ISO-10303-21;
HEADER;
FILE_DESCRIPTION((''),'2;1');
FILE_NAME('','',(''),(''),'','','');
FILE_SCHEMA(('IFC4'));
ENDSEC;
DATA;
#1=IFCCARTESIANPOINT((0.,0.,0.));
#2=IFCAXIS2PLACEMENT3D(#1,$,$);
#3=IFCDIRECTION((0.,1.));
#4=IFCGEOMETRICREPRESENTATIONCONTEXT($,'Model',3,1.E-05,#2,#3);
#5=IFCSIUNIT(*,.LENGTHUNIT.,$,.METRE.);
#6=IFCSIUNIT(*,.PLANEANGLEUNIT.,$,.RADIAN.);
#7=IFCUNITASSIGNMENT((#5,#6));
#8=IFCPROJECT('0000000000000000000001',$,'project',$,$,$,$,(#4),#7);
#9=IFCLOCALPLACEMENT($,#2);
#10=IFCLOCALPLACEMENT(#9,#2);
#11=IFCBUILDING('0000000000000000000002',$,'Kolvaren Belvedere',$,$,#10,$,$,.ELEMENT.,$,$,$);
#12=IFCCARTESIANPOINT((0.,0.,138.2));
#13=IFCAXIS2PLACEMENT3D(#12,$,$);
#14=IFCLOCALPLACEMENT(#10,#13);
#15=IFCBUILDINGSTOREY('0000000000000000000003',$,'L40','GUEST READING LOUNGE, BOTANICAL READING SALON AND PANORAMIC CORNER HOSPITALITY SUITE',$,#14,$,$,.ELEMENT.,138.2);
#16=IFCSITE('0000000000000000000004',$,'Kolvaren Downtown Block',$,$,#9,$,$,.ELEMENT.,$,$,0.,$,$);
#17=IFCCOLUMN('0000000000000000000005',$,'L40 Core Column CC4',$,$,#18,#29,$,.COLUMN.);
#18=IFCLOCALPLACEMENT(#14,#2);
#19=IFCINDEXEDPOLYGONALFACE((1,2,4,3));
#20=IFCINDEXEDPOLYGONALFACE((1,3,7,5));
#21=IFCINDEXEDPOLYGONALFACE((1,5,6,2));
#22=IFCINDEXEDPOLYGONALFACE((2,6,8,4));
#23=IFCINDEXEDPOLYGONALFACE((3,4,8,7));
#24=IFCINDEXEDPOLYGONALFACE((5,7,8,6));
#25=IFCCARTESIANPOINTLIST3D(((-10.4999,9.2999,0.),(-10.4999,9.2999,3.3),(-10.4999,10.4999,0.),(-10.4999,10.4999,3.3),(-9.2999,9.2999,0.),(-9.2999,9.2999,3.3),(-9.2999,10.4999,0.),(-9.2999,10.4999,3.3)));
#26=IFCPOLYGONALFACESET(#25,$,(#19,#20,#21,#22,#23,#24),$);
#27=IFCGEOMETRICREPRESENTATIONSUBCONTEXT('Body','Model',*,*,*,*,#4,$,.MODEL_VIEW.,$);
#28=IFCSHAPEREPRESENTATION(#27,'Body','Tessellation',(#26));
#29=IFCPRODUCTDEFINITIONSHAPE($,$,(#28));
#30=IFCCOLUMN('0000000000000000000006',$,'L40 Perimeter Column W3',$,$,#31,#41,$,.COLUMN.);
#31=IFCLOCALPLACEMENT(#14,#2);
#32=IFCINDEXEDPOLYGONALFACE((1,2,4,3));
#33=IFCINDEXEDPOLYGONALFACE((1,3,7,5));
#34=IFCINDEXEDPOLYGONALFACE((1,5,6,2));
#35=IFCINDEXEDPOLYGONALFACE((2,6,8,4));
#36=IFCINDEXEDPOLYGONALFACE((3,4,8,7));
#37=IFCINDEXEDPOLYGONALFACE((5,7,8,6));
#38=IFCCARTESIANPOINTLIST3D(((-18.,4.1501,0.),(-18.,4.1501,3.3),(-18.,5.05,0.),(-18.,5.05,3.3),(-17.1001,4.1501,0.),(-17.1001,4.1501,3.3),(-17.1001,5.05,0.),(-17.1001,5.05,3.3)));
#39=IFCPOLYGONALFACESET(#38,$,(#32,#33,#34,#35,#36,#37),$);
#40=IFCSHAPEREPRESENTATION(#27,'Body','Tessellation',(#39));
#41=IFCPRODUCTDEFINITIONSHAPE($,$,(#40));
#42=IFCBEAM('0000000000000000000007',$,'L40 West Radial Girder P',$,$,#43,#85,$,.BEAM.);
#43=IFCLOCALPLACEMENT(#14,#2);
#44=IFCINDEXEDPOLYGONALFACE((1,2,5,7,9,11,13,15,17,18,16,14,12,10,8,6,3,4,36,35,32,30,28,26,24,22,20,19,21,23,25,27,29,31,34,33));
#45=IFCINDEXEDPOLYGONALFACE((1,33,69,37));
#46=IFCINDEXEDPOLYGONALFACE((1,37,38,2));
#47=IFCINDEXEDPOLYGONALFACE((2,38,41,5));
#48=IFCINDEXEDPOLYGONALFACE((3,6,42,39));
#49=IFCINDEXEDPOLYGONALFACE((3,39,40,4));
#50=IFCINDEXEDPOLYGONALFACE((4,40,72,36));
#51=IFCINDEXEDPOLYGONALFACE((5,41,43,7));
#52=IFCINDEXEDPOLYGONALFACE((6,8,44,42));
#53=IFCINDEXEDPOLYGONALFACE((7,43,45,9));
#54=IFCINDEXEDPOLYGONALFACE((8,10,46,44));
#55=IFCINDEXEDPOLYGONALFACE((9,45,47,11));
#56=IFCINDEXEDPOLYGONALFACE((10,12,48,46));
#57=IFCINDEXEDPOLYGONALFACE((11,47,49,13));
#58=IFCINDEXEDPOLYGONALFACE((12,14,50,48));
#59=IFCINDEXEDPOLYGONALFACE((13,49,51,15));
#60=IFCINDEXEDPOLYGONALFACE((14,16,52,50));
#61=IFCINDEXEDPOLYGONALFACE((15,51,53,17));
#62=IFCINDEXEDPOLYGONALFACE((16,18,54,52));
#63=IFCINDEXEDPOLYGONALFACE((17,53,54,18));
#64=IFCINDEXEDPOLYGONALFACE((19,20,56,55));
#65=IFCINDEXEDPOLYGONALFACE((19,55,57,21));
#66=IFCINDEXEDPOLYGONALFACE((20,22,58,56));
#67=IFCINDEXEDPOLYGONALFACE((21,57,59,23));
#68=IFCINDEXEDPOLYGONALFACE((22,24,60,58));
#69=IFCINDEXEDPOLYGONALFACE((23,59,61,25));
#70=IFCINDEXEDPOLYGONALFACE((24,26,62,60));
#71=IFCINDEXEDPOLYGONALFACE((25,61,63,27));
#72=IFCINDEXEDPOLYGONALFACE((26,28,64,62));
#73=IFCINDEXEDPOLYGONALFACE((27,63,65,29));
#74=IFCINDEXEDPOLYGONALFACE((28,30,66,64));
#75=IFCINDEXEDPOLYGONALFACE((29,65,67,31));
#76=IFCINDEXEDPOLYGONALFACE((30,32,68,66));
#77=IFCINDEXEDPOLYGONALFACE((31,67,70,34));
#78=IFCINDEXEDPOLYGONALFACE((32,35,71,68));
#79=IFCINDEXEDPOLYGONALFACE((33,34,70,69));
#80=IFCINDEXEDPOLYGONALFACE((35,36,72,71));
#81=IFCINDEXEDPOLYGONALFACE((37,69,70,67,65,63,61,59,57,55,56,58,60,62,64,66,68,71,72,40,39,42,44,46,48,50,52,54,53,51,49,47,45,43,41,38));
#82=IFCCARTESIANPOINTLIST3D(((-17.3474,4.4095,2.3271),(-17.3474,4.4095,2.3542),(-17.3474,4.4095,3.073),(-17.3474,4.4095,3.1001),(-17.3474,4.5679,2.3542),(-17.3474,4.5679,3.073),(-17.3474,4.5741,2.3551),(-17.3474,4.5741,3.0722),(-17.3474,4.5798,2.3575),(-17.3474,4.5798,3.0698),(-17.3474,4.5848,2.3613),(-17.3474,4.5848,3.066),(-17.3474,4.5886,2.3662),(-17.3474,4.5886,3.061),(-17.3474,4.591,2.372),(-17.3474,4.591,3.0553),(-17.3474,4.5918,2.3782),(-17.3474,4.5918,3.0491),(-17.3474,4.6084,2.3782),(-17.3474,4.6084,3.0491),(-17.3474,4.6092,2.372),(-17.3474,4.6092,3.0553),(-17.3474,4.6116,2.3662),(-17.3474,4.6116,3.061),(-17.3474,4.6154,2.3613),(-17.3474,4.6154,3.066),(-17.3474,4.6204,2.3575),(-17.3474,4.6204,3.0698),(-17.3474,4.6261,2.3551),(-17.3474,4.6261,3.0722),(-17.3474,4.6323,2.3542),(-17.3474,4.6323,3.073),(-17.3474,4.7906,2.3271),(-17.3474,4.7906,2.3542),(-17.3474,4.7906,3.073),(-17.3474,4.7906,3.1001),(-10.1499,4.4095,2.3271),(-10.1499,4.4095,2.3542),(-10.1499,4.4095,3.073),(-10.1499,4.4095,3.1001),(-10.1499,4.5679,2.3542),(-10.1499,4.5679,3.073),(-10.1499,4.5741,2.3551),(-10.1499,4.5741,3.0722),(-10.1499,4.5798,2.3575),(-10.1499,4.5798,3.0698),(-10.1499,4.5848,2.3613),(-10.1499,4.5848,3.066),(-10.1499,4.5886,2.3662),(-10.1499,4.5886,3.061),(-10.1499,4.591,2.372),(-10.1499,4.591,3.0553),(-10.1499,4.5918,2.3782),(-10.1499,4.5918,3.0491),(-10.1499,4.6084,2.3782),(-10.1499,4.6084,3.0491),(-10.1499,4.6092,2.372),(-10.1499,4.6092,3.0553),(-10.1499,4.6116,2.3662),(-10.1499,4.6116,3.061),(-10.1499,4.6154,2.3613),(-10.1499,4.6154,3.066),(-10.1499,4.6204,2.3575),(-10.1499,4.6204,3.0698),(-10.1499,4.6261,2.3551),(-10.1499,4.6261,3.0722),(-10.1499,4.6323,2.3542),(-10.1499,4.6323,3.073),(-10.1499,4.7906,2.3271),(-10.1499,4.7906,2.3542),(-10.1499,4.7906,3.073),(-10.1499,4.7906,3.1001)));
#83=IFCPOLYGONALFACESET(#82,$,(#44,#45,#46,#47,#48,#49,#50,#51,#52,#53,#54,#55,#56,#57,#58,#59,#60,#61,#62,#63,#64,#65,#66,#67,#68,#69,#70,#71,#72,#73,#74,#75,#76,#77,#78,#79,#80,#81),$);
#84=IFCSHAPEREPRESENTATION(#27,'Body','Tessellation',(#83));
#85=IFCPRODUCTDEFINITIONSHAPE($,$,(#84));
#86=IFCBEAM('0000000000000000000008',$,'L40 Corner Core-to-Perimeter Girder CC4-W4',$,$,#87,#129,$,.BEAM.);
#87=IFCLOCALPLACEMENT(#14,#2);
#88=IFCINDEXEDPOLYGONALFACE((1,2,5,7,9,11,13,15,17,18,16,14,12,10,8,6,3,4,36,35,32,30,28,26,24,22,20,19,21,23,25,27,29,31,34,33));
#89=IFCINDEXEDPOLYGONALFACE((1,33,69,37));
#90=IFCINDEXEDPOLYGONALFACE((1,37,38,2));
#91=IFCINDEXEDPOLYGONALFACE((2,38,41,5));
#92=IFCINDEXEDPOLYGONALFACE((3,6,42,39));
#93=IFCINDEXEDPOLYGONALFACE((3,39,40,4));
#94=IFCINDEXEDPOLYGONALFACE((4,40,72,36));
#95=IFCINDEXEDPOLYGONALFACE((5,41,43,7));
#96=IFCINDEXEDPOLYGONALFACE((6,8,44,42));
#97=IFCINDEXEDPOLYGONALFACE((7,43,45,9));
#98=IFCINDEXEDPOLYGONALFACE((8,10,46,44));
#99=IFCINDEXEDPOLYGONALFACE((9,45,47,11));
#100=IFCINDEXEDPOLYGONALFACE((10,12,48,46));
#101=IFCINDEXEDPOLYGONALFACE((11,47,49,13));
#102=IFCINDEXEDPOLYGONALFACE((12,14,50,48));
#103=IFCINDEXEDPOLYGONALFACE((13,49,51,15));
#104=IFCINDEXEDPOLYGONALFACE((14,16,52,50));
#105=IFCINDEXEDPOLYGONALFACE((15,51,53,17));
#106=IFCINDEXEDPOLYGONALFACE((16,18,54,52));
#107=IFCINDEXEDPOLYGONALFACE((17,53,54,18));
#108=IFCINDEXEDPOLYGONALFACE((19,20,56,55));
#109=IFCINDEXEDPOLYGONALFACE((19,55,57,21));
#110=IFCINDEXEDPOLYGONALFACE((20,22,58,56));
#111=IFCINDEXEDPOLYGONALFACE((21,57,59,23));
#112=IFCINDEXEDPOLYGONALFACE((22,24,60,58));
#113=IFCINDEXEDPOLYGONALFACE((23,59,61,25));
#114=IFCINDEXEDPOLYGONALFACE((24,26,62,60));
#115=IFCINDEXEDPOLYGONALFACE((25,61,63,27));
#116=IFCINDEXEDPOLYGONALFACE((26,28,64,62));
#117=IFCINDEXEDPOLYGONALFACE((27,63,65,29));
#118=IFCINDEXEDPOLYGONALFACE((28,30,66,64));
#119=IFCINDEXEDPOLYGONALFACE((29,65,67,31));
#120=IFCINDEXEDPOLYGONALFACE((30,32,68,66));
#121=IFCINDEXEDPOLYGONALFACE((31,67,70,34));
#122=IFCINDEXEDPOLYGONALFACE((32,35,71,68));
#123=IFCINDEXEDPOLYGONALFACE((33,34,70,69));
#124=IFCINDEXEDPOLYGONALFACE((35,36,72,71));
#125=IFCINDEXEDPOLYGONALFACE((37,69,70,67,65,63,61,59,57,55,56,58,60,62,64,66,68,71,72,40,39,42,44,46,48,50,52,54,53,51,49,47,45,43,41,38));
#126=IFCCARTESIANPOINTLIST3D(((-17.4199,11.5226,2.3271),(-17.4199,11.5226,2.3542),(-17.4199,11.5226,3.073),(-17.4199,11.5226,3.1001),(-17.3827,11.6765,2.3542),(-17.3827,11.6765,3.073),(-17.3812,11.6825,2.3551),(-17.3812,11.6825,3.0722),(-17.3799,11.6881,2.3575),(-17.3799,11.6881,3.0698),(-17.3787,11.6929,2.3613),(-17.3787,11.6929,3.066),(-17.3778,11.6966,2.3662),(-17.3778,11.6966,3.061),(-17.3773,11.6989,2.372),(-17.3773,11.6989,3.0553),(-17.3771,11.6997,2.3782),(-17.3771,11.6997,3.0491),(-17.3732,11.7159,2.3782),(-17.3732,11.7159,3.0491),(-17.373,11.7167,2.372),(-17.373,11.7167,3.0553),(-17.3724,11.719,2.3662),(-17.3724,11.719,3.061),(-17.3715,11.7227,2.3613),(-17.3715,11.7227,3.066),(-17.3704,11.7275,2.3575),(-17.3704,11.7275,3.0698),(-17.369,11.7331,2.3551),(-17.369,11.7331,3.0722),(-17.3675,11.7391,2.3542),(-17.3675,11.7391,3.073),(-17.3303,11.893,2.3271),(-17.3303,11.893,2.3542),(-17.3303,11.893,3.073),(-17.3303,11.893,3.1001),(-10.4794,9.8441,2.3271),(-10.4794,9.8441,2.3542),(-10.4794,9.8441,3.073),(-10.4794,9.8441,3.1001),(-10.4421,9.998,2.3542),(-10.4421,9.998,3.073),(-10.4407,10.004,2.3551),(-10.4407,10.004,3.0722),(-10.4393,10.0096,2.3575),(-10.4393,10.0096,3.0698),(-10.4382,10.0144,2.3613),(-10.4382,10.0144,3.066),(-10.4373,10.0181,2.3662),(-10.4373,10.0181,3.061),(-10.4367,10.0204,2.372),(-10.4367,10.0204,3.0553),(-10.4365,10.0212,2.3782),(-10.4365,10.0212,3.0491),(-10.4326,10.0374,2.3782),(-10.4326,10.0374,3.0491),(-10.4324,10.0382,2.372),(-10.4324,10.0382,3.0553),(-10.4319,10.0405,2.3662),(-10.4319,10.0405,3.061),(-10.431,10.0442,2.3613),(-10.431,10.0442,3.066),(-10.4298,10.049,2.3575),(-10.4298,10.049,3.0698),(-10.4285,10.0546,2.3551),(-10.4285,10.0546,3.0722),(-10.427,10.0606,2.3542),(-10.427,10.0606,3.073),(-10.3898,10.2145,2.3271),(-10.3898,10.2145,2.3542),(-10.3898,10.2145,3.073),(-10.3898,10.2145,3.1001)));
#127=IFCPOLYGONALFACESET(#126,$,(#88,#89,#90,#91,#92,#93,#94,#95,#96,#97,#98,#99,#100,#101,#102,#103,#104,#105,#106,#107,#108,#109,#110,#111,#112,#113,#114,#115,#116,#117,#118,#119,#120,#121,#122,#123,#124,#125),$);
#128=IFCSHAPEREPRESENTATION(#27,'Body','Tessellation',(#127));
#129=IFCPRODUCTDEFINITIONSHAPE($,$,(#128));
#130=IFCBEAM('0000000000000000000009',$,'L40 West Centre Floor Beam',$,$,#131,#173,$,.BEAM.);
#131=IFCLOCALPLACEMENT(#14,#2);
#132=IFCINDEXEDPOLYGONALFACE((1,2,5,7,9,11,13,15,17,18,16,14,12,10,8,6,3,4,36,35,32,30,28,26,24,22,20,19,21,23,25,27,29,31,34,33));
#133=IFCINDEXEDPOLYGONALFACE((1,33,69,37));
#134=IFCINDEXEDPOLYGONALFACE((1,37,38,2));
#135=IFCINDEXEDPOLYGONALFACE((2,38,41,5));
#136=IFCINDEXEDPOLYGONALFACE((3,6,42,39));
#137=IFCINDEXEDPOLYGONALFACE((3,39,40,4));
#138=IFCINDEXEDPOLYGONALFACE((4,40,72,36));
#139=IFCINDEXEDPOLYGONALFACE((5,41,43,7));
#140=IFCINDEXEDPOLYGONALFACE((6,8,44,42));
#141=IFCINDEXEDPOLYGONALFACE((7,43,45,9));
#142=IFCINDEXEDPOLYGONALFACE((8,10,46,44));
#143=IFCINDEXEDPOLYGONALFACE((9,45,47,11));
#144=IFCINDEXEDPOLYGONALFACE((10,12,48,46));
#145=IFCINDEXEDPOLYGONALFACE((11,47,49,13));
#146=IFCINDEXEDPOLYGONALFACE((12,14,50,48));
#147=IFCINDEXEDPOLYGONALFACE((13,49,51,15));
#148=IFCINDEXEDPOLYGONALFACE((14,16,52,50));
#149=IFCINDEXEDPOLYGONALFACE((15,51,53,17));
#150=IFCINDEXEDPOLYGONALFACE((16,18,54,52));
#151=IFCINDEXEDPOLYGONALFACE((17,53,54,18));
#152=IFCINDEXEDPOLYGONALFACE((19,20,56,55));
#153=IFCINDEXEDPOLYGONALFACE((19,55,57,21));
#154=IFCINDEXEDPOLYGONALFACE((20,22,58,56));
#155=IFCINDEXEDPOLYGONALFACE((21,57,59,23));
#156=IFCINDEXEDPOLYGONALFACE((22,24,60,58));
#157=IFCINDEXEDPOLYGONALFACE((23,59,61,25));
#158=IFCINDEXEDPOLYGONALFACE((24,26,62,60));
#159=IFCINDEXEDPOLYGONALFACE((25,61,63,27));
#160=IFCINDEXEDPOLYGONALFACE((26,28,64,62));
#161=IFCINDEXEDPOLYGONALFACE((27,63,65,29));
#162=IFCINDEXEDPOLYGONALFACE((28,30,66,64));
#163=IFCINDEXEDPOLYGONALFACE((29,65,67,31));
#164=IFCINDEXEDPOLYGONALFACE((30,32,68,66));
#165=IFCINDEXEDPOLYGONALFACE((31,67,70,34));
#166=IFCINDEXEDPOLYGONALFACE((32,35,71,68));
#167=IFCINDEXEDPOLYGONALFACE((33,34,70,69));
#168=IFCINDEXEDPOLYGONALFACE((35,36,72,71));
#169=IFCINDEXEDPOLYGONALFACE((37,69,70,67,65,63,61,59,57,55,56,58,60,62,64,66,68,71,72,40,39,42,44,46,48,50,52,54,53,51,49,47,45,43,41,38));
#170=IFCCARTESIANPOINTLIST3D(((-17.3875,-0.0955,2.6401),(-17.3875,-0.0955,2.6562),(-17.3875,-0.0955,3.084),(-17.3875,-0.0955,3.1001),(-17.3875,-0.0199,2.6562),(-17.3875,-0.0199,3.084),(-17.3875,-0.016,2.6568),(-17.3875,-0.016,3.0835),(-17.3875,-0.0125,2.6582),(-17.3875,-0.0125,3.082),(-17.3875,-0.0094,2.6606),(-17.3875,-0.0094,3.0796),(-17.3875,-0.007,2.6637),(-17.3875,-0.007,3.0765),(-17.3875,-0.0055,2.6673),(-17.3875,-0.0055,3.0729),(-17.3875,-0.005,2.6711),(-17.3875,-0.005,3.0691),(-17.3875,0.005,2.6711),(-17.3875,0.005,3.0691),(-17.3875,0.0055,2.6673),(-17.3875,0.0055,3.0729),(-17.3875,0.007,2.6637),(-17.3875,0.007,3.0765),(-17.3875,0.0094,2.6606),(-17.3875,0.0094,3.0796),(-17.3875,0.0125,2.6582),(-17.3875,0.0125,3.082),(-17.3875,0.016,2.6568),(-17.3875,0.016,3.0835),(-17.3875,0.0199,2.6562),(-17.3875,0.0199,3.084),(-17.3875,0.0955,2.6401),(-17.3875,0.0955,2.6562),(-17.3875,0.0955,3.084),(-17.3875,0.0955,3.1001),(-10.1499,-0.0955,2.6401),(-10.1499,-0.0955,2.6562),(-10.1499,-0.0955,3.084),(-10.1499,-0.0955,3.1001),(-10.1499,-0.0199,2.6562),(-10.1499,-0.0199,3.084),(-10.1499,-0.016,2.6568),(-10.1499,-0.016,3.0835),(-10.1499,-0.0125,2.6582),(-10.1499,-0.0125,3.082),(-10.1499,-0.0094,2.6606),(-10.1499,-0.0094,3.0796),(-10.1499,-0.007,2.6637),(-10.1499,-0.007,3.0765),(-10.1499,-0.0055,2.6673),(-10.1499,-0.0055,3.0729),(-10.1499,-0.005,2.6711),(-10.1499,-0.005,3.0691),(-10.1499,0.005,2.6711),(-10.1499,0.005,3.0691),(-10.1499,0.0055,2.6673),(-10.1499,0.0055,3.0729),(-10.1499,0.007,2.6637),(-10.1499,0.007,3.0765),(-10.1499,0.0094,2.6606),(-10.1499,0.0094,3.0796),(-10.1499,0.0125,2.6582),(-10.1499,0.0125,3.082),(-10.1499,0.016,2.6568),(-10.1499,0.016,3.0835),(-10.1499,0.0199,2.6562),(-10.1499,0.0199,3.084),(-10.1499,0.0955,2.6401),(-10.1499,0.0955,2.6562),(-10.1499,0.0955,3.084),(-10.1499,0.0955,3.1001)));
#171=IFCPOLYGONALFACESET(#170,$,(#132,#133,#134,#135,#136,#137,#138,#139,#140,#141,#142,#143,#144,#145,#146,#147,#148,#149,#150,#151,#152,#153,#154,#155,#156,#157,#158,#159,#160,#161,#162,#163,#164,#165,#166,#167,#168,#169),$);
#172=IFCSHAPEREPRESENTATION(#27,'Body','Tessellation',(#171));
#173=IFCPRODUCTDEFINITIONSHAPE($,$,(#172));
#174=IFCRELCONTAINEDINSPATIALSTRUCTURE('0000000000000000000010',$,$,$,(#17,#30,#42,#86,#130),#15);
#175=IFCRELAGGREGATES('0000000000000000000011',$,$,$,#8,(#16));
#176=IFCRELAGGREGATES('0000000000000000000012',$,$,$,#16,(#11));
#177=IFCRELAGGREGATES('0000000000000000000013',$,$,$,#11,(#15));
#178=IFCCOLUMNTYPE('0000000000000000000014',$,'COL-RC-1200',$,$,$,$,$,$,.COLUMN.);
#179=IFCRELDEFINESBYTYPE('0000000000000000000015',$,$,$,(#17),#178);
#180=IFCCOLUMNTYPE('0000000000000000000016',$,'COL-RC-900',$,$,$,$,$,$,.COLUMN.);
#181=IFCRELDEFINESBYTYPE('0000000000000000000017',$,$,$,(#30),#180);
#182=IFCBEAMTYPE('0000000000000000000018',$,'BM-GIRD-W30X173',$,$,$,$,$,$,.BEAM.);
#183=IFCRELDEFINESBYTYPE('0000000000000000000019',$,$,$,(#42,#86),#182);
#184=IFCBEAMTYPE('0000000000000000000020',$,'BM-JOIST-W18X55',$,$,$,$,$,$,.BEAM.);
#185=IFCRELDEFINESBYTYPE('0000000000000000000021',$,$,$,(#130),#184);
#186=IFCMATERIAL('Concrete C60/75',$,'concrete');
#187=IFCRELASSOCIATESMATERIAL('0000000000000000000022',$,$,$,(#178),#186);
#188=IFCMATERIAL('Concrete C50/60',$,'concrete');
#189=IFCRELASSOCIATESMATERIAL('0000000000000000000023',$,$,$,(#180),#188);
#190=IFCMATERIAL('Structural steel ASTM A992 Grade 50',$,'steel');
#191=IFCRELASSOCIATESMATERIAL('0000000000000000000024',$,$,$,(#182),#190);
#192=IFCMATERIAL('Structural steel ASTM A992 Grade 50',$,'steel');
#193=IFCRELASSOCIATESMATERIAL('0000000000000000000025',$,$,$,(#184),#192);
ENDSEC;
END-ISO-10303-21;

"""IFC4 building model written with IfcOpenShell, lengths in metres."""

from ifc_helpers import new_model, si_unit, direction, frame, origin, origin_2d, place, context, subcontext, project, spatial, rectangle, i_section, extrude, material, material_profile, profile_set, type_object, element, save


model = new_model("IFC4")

# Units and contexts
model_context = context("Model", 3, precision=1e-05, world=origin(), true_north=direction((0.0, 1.0)))
body_context = subcontext(model_context, "Body", "Model", "MODEL_VIEW")
ifc_project = project(units=[si_unit("LENGTHUNIT", "METRE"), si_unit("PLANEANGLEUNIT", "RADIAN")], contexts=[model_context])

# Site, building, storey
site_placement = place(None, origin())
site = spatial("IfcSite", under=ifc_project, at=site_placement, Name="Kolvaren Downtown Block", CompositionType="ELEMENT", RefElevation=0.0)
building_placement = place(site_placement, origin())
building = spatial("IfcBuilding", under=site, at=building_placement, Name="Kolvaren Belvedere", CompositionType="ELEMENT")
storey_placement = place(building_placement, frame((0.0, 0.0, 138.2)))
storey = spatial("IfcBuildingStorey", under=building, at=storey_placement, Name="L40", Description="GUEST READING LOUNGE, BOTANICAL READING SALON AND PANORAMIC CORNER HOSPITALITY SUITE", CompositionType="ELEMENT", Elevation=138.2)

# Columns
ifc_material_1 = material(Name="Concrete C60/75", Category="concrete")
ifc_material_profile_1 = material_profile(ifc_material_1, rectangle(XDim=1.2, YDim=1.2, at=origin_2d()), Name="RC 1200X1200")
ifc_profile_set_1 = profile_set([ifc_material_profile_1], Name="Concrete C60/75")
column_type_1 = type_object("IfcColumnType", Name="COL-RC-1200", PredefinedType="COLUMN", material=ifc_profile_set_1)
column_1_placement = place(storey_placement, frame((-9.8999, 9.8999, 0.0), z_axis=(0.0, 0.0, 1.0), x_axis=(1.0, 0.0, 0.0)))
element("IfcColumn", 1, at=column_1_placement, inside=storey, type_object=column_type_1, Name="L40 Core Column CC4", PredefinedType="COLUMN", context=body_context, shape_type="SweptSolid", body=[
    extrude(rectangle(XDim=1.2, YDim=1.2, at=origin_2d()), origin(), (0.0, 0.0, 1.0), 3.3),
])
ifc_material_2 = material(Name="Concrete C50/60", Category="concrete")
ifc_material_profile_2 = material_profile(ifc_material_2, rectangle(XDim=0.8999, YDim=0.8999, at=origin_2d()), Name="RC 900X900")
ifc_profile_set_2 = profile_set([ifc_material_profile_2], Name="Concrete C50/60")
column_type_2 = type_object("IfcColumnType", Name="COL-RC-900", PredefinedType="COLUMN", material=ifc_profile_set_2)
column_2_placement = place(storey_placement, frame((-17.55, 4.6001, 0.0), z_axis=(0.0, 0.0, 1.0), x_axis=(1.0, 0.0, 0.0)))
element("IfcColumn", 2, at=column_2_placement, inside=storey, type_object=column_type_2, Name="L40 Perimeter Column W3", PredefinedType="COLUMN", context=body_context, shape_type="SweptSolid", body=[
    extrude(rectangle(XDim=0.8999, YDim=0.8999, at=origin_2d()), origin(), (0.0, 0.0, 1.0), 3.3),
])

# Beams
ifc_material_3 = material(Name="Structural steel ASTM A992 Grade 50", Category="steel")
ifc_material_profile_3 = material_profile(ifc_material_3, i_section(OverallWidth=0.3811, OverallDepth=0.7729, WebThickness=0.0166, FlangeThickness=0.0271, FilletRadius=0.0239, at=origin_2d()), Name="W30X173")
ifc_profile_set_3 = profile_set([ifc_material_profile_3], Name="Structural steel ASTM A992 Grade 50")
beam_type_1 = type_object("IfcBeamType", Name="BM-GIRD-W30X173", PredefinedType="BEAM", material=ifc_profile_set_3)
beam_1_placement = place(storey_placement, frame((-10.1499, 4.6001, 2.7136), z_axis=(-1.0, 0.0, 0.0), x_axis=(0.0, -1.0, 0.0)))
element("IfcBeam", 3, at=beam_1_placement, inside=storey, type_object=beam_type_1, Name="L40 West Radial Girder P", PredefinedType="BEAM", context=body_context, shape_type="SweptSolid", body=[
    extrude(i_section(OverallWidth=0.3811, OverallDepth=0.7729, WebThickness=0.0166, FlangeThickness=0.0271, FilletRadius=0.0239, at=origin_2d()), origin(), (0.0, 0.0, 1.0), 7.1975),
])
beam_2_placement = place(storey_placement, frame((-10.4346, 10.0293, 2.7136), z_axis=(-0.97198, 0.235063, 0.0), x_axis=(-0.235063, -0.97198, 0.0)))
element("IfcBeam", 4, at=beam_2_placement, inside=storey, type_object=beam_type_1, Name="L40 Corner Core-to-Perimeter Girder CC4-W4", PredefinedType="BEAM", context=body_context, shape_type="SweptSolid", body=[
    extrude(i_section(OverallWidth=0.3811, OverallDepth=0.7729, WebThickness=0.0166, FlangeThickness=0.0271, FilletRadius=0.0239, at=origin_2d()), origin(), (0.0, 0.0, 1.0), 7.1406),
])
ifc_material_4 = material(Name="Structural steel ASTM A992 Grade 50", Category="steel")
ifc_material_profile_4 = material_profile(ifc_material_4, i_section(OverallWidth=0.1909, OverallDepth=0.46, WebThickness=0.01, FlangeThickness=0.0161, FilletRadius=0.0149, at=origin_2d()), Name="W18X55")
ifc_profile_set_4 = profile_set([ifc_material_profile_4], Name="Structural steel ASTM A992 Grade 50")
beam_type_2 = type_object("IfcBeamType", Name="BM-JOIST-W18X55", PredefinedType="BEAM", material=ifc_profile_set_4)
beam_3_placement = place(storey_placement, frame((-10.1499, 0.0, 2.8701), z_axis=(-1.0, 0.0, 0.0), x_axis=(0.0, -1.0, 0.0)))
element("IfcBeam", 5, at=beam_3_placement, inside=storey, type_object=beam_type_2, Name="L40 West Centre Floor Beam", PredefinedType="BEAM", context=body_context, shape_type="SweptSolid", body=[
    extrude(i_section(OverallWidth=0.1909, OverallDepth=0.46, WebThickness=0.01, FlangeThickness=0.0161, FilletRadius=0.0149, at=origin_2d()), origin(), (0.0, 0.0, 1.0), 7.2375),
])

save(model, "model.ifc")
